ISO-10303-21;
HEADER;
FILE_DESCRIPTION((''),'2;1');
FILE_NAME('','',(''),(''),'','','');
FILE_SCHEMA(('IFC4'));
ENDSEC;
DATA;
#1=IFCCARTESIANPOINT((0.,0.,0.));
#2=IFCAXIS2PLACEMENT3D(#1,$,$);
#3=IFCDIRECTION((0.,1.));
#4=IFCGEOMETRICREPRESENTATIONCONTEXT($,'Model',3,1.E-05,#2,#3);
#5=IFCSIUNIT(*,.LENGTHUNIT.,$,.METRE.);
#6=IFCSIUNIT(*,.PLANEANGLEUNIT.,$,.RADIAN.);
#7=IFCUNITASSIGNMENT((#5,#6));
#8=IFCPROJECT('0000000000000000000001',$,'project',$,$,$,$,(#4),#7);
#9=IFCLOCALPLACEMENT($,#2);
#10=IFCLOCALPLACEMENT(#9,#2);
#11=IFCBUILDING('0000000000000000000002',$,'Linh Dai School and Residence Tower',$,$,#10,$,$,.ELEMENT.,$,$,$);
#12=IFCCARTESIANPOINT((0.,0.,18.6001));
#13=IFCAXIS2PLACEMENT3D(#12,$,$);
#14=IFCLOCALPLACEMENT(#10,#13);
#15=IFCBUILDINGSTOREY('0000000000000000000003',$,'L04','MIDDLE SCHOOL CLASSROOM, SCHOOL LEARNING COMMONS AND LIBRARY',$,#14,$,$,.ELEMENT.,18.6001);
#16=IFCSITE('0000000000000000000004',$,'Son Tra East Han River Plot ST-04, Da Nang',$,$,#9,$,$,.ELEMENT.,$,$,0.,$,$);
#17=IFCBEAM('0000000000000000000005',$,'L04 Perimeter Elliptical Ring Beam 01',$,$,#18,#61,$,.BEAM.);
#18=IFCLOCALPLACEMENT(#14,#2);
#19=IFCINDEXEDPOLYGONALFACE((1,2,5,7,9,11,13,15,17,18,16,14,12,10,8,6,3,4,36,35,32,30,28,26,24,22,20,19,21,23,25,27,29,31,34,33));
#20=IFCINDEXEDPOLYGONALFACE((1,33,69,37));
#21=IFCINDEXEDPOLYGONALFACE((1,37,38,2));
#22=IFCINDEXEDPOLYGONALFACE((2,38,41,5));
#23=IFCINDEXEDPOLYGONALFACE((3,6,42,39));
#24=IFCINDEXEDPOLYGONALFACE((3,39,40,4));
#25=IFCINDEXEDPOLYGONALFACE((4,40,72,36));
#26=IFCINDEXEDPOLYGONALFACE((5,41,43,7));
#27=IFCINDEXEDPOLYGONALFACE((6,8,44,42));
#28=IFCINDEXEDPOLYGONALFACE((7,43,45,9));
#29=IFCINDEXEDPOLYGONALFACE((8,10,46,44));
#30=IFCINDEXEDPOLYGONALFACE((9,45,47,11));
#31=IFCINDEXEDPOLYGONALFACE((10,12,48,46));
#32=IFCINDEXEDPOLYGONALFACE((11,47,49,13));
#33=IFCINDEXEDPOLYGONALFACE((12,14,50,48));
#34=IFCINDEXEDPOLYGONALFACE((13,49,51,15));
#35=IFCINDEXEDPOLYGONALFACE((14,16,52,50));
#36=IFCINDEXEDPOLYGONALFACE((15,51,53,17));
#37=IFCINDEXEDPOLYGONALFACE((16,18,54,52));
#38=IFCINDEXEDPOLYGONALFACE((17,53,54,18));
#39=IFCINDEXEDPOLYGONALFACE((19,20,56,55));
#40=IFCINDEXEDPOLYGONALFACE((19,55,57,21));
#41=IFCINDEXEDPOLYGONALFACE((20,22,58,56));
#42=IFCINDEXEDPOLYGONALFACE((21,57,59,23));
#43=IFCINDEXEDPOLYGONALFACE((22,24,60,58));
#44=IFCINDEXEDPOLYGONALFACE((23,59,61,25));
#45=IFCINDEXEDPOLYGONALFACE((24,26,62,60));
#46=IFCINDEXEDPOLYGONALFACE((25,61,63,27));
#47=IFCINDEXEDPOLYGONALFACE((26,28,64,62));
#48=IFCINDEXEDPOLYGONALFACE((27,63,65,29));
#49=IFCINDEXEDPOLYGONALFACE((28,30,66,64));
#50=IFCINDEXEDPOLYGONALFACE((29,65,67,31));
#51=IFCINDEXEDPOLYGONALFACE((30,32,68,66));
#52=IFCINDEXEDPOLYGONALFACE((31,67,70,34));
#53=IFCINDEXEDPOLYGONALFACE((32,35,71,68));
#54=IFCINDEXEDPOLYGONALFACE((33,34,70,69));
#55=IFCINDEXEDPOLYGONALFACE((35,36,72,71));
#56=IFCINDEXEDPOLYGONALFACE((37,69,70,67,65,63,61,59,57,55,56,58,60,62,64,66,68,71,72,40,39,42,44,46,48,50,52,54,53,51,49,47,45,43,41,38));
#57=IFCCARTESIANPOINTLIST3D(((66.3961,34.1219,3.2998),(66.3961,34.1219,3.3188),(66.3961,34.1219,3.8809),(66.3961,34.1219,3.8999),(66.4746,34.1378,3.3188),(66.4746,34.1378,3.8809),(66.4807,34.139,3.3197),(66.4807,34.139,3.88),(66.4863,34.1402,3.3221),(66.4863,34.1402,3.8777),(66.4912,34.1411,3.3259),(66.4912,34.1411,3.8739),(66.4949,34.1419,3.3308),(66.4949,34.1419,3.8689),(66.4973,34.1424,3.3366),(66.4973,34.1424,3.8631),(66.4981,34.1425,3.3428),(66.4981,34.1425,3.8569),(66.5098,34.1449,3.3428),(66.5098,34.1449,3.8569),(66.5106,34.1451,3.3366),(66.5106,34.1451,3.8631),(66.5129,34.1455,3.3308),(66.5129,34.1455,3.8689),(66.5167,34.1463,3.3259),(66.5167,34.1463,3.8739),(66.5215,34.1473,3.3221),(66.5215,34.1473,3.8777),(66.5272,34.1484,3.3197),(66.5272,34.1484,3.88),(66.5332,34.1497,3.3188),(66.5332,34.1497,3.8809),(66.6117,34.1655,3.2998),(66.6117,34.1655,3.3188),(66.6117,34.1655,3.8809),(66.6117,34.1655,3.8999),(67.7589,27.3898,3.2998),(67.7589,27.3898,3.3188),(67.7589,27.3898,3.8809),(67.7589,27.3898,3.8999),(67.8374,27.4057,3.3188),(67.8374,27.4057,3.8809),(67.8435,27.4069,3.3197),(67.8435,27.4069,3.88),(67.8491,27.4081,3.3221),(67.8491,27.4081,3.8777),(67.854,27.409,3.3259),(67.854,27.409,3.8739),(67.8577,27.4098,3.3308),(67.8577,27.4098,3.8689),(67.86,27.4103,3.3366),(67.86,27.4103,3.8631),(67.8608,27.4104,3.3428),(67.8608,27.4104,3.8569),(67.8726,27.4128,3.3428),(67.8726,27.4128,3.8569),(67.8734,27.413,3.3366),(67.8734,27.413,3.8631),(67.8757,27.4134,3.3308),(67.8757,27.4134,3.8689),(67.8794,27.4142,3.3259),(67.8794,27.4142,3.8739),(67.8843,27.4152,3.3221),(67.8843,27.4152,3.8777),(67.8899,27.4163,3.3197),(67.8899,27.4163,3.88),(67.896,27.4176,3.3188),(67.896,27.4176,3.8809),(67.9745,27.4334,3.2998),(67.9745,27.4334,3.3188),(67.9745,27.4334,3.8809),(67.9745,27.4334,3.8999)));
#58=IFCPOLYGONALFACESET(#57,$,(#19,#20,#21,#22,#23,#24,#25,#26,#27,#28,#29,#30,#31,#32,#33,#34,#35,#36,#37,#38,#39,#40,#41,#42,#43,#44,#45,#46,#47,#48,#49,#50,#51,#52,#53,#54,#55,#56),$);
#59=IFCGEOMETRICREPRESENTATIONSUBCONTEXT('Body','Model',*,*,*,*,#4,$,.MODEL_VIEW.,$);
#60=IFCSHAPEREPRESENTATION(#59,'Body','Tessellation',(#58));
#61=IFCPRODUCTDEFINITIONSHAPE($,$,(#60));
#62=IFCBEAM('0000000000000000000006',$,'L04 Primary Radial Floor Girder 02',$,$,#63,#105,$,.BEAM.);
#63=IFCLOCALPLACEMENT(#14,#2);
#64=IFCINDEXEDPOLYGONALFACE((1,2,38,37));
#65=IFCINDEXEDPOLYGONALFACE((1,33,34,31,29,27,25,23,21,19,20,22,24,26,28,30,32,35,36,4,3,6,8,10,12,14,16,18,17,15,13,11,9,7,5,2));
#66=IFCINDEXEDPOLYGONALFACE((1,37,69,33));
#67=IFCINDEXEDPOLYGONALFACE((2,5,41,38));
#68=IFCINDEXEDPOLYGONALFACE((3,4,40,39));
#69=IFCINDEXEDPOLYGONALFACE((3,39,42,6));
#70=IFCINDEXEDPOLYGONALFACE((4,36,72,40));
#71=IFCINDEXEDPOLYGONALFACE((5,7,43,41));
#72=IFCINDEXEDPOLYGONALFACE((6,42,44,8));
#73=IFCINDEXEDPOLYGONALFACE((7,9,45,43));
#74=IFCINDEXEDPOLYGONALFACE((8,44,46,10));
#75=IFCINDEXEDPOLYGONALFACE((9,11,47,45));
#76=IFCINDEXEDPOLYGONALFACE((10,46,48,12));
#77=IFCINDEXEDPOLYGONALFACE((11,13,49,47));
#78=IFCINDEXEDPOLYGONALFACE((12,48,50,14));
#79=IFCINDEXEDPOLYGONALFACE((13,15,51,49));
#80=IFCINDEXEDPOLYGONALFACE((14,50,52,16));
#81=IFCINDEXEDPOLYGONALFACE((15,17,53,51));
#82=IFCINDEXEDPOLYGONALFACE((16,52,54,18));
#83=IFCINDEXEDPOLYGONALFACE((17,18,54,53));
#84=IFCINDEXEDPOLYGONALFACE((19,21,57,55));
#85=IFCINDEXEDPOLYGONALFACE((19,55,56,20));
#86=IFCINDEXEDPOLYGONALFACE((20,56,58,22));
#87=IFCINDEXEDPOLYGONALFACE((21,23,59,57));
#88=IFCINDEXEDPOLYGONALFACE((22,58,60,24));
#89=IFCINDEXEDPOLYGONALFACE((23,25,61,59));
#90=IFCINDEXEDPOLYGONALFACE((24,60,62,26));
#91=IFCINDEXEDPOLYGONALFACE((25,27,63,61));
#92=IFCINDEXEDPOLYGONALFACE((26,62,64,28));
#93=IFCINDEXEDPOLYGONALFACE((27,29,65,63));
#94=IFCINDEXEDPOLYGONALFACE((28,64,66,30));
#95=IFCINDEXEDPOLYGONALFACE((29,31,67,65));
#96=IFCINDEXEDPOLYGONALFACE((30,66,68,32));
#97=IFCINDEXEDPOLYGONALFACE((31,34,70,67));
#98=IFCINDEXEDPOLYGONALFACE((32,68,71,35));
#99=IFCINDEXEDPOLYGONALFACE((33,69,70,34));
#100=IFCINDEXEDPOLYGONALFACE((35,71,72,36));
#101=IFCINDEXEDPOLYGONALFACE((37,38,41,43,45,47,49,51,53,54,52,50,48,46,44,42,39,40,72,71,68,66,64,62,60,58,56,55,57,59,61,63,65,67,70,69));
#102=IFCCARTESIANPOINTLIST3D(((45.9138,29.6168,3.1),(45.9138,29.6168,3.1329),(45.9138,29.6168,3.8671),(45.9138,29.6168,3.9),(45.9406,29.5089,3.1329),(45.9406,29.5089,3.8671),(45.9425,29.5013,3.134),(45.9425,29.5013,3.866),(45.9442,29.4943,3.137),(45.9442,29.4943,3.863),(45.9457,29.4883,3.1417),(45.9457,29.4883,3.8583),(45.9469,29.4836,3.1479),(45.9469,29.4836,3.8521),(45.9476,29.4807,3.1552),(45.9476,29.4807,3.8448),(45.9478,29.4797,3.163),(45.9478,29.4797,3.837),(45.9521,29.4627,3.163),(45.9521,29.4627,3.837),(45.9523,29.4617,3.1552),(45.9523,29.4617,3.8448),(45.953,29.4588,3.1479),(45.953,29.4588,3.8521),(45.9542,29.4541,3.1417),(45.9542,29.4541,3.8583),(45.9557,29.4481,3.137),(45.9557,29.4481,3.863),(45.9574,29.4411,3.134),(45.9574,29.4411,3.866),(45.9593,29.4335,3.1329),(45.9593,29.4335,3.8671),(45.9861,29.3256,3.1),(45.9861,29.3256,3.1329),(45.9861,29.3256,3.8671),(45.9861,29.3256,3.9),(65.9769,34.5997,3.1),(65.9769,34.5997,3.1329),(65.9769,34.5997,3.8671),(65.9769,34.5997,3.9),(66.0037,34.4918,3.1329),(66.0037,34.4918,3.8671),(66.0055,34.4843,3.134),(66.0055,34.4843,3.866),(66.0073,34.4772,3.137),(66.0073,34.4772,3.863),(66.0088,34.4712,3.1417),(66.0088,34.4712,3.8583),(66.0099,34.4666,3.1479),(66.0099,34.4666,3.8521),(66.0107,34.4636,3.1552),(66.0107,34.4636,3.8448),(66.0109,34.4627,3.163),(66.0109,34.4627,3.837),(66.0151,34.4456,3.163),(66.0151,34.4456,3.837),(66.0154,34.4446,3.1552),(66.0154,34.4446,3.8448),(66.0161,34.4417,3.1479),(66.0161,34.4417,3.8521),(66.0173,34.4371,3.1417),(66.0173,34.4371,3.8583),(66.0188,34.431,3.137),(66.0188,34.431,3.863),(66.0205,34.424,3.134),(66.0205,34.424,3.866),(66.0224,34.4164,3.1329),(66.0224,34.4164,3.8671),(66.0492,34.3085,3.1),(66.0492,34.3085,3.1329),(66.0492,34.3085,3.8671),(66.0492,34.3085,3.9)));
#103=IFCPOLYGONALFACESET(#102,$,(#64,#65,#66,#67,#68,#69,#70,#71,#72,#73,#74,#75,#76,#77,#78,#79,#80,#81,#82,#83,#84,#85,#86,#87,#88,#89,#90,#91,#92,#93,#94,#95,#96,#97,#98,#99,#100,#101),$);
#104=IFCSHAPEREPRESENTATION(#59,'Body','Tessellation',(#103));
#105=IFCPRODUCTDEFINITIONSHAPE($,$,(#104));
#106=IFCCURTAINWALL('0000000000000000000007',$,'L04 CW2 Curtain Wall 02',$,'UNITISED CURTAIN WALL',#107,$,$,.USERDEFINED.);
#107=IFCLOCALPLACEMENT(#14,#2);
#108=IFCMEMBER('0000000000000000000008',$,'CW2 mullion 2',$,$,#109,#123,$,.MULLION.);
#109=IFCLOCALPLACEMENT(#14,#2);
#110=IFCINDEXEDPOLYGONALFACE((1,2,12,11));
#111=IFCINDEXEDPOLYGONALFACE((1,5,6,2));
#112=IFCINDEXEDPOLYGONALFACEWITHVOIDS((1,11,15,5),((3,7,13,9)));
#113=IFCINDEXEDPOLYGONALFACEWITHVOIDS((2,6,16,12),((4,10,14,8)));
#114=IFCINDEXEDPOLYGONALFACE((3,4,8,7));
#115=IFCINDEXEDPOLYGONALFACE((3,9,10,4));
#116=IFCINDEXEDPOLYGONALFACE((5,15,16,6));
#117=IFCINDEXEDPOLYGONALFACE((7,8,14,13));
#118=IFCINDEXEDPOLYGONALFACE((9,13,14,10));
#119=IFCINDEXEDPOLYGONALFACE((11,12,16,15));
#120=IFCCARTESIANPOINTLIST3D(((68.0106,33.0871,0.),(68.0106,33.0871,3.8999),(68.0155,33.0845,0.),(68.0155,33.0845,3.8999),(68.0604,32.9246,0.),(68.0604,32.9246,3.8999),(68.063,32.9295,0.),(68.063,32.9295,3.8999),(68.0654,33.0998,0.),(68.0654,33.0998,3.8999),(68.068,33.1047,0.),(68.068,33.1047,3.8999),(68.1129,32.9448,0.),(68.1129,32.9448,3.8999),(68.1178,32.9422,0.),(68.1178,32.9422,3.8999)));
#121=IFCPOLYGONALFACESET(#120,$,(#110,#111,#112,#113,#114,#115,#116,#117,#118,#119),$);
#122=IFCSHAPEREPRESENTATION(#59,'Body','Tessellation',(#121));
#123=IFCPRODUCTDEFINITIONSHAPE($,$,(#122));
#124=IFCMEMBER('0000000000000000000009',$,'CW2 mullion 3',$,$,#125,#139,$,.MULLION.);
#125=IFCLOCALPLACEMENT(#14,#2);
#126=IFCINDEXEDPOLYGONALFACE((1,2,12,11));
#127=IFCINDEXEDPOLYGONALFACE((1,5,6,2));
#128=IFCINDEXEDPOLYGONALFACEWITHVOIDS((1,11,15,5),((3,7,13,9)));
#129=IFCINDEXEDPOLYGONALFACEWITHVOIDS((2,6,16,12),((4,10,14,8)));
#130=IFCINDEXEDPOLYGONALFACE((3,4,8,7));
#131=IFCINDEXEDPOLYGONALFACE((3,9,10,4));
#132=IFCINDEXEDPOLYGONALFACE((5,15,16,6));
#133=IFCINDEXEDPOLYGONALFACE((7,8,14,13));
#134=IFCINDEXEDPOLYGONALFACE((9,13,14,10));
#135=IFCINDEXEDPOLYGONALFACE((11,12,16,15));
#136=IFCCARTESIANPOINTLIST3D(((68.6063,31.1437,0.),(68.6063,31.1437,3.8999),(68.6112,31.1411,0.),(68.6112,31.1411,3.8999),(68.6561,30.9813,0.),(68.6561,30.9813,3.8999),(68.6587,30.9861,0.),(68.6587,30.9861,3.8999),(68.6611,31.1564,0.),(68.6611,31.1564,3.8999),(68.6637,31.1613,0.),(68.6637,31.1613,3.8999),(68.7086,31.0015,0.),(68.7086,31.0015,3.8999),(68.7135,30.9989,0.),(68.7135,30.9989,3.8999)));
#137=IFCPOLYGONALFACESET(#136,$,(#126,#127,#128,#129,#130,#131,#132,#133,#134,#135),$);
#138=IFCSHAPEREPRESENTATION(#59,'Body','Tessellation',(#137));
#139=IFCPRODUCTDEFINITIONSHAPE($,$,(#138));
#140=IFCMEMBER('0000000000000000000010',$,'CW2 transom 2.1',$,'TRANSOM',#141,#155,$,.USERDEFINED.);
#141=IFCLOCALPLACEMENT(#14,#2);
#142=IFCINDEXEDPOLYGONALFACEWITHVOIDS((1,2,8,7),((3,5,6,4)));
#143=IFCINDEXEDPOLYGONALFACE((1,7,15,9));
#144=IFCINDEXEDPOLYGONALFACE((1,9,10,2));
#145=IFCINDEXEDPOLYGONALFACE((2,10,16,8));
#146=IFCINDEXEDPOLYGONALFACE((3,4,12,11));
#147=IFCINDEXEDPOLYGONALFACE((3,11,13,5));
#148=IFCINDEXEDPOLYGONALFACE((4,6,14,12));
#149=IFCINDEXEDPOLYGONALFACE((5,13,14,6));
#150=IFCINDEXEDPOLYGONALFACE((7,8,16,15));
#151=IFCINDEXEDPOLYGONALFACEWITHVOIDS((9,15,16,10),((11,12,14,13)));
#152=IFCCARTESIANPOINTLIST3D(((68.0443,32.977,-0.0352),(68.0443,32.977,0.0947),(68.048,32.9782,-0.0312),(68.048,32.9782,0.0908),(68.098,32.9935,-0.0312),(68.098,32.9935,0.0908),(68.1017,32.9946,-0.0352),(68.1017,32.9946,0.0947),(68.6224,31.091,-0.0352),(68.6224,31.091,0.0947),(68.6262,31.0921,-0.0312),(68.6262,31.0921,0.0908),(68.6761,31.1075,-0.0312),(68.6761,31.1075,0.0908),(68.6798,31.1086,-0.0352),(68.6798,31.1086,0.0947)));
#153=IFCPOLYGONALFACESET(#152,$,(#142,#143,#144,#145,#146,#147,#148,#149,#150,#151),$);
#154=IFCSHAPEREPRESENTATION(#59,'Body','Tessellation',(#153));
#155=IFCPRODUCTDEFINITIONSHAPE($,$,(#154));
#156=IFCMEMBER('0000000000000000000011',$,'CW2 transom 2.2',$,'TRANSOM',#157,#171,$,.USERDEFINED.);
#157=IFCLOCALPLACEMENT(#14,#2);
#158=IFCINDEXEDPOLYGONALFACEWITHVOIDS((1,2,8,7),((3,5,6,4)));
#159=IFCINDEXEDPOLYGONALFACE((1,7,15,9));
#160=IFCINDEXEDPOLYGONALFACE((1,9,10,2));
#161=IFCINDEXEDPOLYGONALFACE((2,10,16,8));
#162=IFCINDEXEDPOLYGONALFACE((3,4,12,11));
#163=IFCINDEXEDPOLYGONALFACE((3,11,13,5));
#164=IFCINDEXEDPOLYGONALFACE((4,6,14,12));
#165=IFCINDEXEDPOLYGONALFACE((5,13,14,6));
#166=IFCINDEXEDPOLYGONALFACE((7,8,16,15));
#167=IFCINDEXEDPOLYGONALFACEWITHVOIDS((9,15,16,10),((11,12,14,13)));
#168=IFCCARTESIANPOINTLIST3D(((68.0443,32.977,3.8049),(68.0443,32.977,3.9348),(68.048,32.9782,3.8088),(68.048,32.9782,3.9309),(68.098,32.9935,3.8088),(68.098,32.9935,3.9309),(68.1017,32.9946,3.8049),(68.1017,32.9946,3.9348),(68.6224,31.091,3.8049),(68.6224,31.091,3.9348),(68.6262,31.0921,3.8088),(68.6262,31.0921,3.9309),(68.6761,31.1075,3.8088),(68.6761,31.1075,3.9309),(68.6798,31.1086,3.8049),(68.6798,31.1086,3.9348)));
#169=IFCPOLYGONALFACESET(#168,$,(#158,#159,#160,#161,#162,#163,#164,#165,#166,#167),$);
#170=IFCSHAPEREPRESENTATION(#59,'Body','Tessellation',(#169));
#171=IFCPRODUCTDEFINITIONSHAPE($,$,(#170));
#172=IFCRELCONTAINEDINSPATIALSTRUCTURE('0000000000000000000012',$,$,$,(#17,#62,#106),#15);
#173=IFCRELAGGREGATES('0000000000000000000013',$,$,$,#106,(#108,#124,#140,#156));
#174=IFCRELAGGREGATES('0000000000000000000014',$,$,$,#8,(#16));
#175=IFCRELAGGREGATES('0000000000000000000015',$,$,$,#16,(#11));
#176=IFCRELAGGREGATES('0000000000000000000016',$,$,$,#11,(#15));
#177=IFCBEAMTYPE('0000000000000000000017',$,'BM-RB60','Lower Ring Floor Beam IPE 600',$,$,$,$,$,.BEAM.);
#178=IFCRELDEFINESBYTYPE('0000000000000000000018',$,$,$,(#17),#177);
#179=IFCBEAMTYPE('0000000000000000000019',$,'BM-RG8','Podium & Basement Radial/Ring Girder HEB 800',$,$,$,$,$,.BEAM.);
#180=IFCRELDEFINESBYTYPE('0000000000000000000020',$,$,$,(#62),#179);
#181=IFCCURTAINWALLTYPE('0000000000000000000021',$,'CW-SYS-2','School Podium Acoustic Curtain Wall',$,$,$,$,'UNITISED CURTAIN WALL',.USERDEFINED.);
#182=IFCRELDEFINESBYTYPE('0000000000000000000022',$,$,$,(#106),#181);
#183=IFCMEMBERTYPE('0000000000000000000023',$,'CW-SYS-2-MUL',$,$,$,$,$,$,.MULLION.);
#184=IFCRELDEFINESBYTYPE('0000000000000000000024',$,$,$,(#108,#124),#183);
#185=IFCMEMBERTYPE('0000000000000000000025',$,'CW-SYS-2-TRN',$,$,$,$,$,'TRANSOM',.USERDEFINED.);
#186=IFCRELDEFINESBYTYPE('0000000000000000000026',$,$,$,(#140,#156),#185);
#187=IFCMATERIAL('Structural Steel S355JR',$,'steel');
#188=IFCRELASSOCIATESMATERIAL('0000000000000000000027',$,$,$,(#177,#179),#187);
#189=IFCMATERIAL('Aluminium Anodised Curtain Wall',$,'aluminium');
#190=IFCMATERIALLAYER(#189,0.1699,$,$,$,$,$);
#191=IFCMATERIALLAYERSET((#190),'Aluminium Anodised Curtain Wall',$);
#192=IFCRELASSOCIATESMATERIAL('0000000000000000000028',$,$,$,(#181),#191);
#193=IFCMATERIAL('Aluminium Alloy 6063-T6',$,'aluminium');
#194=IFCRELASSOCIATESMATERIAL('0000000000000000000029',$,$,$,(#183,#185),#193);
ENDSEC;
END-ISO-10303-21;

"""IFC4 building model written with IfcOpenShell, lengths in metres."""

from ifc_helpers import new_model, si_unit, direction, frame, origin, origin_2d, place, context, subcontext, project, spatial, hollow_rectangle, i_section, extrude, source, transform, mapped, material, layer, layer_set, material_profile, profile_set, type_object, element, aggregate, save


model = new_model("IFC4")

# Units and contexts
model_context = context("Model", 3, precision=1e-05, world=origin(), true_north=direction((0.0, 1.0)))
body_context = subcontext(model_context, "Body", "Model", "MODEL_VIEW")
ifc_project = project(units=[si_unit("LENGTHUNIT", "METRE"), si_unit("PLANEANGLEUNIT", "RADIAN")], contexts=[model_context])

# Site, building, storey
site_placement = place(None, origin())
site = spatial("IfcSite", under=ifc_project, at=site_placement, Name="Son Tra East Han River Plot ST-04, Da Nang", CompositionType="ELEMENT", RefElevation=0.0)
building_placement = place(site_placement, origin())
building = spatial("IfcBuilding", under=site, at=building_placement, Name="Linh Dai School and Residence Tower", CompositionType="ELEMENT")
storey_placement = place(building_placement, frame((0.0, 0.0, 18.6001)))
storey = spatial("IfcBuildingStorey", under=building, at=storey_placement, Name="L04", Description="MIDDLE SCHOOL CLASSROOM, SCHOOL LEARNING COMMONS AND LIBRARY", CompositionType="ELEMENT", Elevation=18.6001)

# Shared definitions
ifc_material_1 = material(Name="Structural Steel S355JR", Category="steel")

# Beams
ifc_material_profile_1 = material_profile(ifc_material_1, i_section(OverallWidth=0.22, OverallDepth=0.6001, WebThickness=0.012, FlangeThickness=0.019, FilletRadius=0.0239, at=origin_2d()), Name="IPE 600")
ifc_profile_set_1 = profile_set([ifc_material_profile_1], Name="Structural Steel S355JR")
beam_type_1 = type_object("IfcBeamType", Name="BM-RB60", Description="Lower Ring Floor Beam IPE 600", PredefinedType="BEAM", material=ifc_profile_set_1)
beam_1_placement = place(storey_placement, frame((67.8667, 27.4116, 3.5999), z_axis=(-0.198405, 0.98012, 0.0), x_axis=(-0.98012, -0.198405, 0.0)))
element("IfcBeam", 1, at=beam_1_placement, inside=storey, type_object=beam_type_1, Name="L04 Perimeter Elliptical Ring Beam 01", PredefinedType="BEAM", context=body_context, shape_type="SweptSolid", body=[
    extrude(i_section(OverallWidth=0.22, OverallDepth=0.6001, WebThickness=0.012, FlangeThickness=0.019, FilletRadius=0.0239, at=origin_2d()), origin(), (0.0, 0.0, 1.0), 6.8687),
])
ifc_material_profile_2 = material_profile(ifc_material_1, i_section(OverallWidth=0.3, OverallDepth=0.8, WebThickness=0.0176, FlangeThickness=0.033, FilletRadius=0.03, at=origin_2d()), Name="HEB 800")
ifc_profile_set_2 = profile_set([ifc_material_profile_2], Name="Structural Steel S355JR")
beam_type_2 = type_object("IfcBeamType", Name="BM-RG8", Description="Podium & Basement Radial/Ring Girder HEB 800", PredefinedType="BEAM", material=ifc_profile_set_2)
beam_2_placement = place(storey_placement, frame((45.95, 29.4712, 3.5), z_axis=(0.970515, 0.24104, 0.0), x_axis=(-0.24104, 0.970515, 0.0)))
element("IfcBeam", 2, at=beam_2_placement, inside=storey, type_object=beam_type_2, Name="L04 Primary Radial Floor Girder 02", PredefinedType="BEAM", context=body_context, shape_type="SweptSolid", body=[
    extrude(i_section(OverallWidth=0.3, OverallDepth=0.8, WebThickness=0.0176, FlangeThickness=0.033, FilletRadius=0.03, at=origin_2d()), origin(), (0.0, 0.0, 1.0), 20.6726),
])

# Curtain wall, members
ifc_material_2 = material(Name="Aluminium Anodised Curtain Wall", Category="aluminium")
ifc_layer_1 = layer(ifc_material_2, 0.1699)
ifc_layer_set_1 = layer_set([ifc_layer_1], Name="Aluminium Anodised Curtain Wall")
curtain_wall_type = type_object("IfcCurtainWallType", Name="CW-SYS-2", Description="School Podium Acoustic Curtain Wall", ElementType="UNITISED CURTAIN WALL", PredefinedType="USERDEFINED", material=ifc_layer_set_1)
curtain_wall_placement = place(storey_placement, origin())
curtain_wall = element("IfcCurtainWall", 3, at=curtain_wall_placement, inside=storey, type_object=curtain_wall_type, Name="L04 CW2 Curtain Wall 02", ObjectType="UNITISED CURTAIN WALL", PredefinedType="USERDEFINED")
ifc_material_3 = material(Name="Aluminium Alloy 6063-T6", Category="aluminium")
ifc_material_profile_3 = material_profile(ifc_material_3, hollow_rectangle(XDim=0.0601, YDim=0.1699, WallThickness=0.0039, at=origin_2d()), Name="RHS 170x60x4")
ifc_profile_set_3 = profile_set([ifc_material_profile_3], Name="Aluminium Alloy 6063-T6")
member_type_1 = type_object("IfcMemberType", Name="CW-SYS-2-MUL", PredefinedType="MULLION", material=ifc_profile_set_3)
shared_shape_1 = source(origin(), body_context, "Body", "SweptSolid", [
    extrude(hollow_rectangle(XDim=0.0601, YDim=0.1699, WallThickness=0.0039, at=origin_2d()), origin(), (0.0, 0.0, 1.0), 3.8999),
])
member_1_placement = place(storey_placement, frame((68.0642, 33.0146, 0.0), z_axis=(0.0, 0.0, 1.0), x_axis=(0.956081, 0.293104, 0.0)))
member_1 = element("IfcMember", 4, at=member_1_placement, type_object=member_type_1, Name="CW2 mullion 2", PredefinedType="MULLION", context=body_context, shape_type="MappedRepresentation", body=[
    mapped(shared_shape_1, transform((0.0, 0.0, 0.0), x_axis=(1.0, 0.0, 0.0), y_axis=(0.0, 1.0, 0.0), z_axis=(0.0, 0.0, 1.0), scale=1.0)),
])
member_2_placement = place(storey_placement, frame((68.6599, 31.0713, 0.0), z_axis=(0.0, 0.0, 1.0), x_axis=(0.956081, 0.293104, 0.0)))
member_2 = element("IfcMember", 5, at=member_2_placement, type_object=member_type_1, Name="CW2 mullion 3", PredefinedType="MULLION", context=body_context, shape_type="MappedRepresentation", body=[
    mapped(shared_shape_1, transform((0.0, 0.0, 0.0), x_axis=(1.0, 0.0, 0.0), y_axis=(0.0, 1.0, 0.0), z_axis=(0.0, 0.0, 1.0), scale=1.0)),
])
ifc_material_profile_4 = material_profile(ifc_material_3, hollow_rectangle(XDim=0.0601, YDim=0.1299, WallThickness=0.0039, at=origin_2d()), Name="RHS 130x60x4")
ifc_profile_set_4 = profile_set([ifc_material_profile_4], Name="Aluminium Alloy 6063-T6")
member_type_2 = type_object("IfcMemberType", Name="CW-SYS-2-TRN", ElementType="TRANSOM", PredefinedType="USERDEFINED", material=ifc_profile_set_4)
shared_shape_2 = source(origin(), body_context, "Body", "SweptSolid", [
    extrude(hollow_rectangle(XDim=0.0601, YDim=0.1299, WallThickness=0.0039, at=origin_2d()), origin(), (0.0, 0.0, 1.0), 1.9727),
])
member_3_placement = place(storey_placement, frame((68.073, 32.9858, 0.0298), z_axis=(0.293077, -0.956089, 0.0), x_axis=(0.956089, 0.293077, 0.0)))
member_3 = element("IfcMember", 6, at=member_3_placement, type_object=member_type_2, Name="CW2 transom 2.1", ObjectType="TRANSOM", PredefinedType="USERDEFINED", context=body_context, shape_type="MappedRepresentation", body=[
    mapped(shared_shape_2, transform((0.0, 0.0, 0.0), x_axis=(1.0, 0.0, 0.0), y_axis=(0.0, 1.0, 0.0), z_axis=(0.0, 0.0, 1.0), scale=1.0)),
])
member_4_placement = place(storey_placement, frame((68.073, 32.9858, 3.8699), z_axis=(0.293077, -0.956089, 0.0), x_axis=(0.956089, 0.293077, 0.0)))
member_4 = element("IfcMember", 7, at=member_4_placement, type_object=member_type_2, Name="CW2 transom 2.2", ObjectType="TRANSOM", PredefinedType="USERDEFINED", context=body_context, shape_type="MappedRepresentation", body=[
    mapped(shared_shape_2, transform((0.0, 0.0, 0.0), x_axis=(1.0, 0.0, 0.0), y_axis=(0.0, 1.0, 0.0), z_axis=(0.0, 0.0, 1.0), scale=1.0)),
])

aggregate(curtain_wall, [member_1, member_2, member_3, member_4])

save(model, "model.ifc")
